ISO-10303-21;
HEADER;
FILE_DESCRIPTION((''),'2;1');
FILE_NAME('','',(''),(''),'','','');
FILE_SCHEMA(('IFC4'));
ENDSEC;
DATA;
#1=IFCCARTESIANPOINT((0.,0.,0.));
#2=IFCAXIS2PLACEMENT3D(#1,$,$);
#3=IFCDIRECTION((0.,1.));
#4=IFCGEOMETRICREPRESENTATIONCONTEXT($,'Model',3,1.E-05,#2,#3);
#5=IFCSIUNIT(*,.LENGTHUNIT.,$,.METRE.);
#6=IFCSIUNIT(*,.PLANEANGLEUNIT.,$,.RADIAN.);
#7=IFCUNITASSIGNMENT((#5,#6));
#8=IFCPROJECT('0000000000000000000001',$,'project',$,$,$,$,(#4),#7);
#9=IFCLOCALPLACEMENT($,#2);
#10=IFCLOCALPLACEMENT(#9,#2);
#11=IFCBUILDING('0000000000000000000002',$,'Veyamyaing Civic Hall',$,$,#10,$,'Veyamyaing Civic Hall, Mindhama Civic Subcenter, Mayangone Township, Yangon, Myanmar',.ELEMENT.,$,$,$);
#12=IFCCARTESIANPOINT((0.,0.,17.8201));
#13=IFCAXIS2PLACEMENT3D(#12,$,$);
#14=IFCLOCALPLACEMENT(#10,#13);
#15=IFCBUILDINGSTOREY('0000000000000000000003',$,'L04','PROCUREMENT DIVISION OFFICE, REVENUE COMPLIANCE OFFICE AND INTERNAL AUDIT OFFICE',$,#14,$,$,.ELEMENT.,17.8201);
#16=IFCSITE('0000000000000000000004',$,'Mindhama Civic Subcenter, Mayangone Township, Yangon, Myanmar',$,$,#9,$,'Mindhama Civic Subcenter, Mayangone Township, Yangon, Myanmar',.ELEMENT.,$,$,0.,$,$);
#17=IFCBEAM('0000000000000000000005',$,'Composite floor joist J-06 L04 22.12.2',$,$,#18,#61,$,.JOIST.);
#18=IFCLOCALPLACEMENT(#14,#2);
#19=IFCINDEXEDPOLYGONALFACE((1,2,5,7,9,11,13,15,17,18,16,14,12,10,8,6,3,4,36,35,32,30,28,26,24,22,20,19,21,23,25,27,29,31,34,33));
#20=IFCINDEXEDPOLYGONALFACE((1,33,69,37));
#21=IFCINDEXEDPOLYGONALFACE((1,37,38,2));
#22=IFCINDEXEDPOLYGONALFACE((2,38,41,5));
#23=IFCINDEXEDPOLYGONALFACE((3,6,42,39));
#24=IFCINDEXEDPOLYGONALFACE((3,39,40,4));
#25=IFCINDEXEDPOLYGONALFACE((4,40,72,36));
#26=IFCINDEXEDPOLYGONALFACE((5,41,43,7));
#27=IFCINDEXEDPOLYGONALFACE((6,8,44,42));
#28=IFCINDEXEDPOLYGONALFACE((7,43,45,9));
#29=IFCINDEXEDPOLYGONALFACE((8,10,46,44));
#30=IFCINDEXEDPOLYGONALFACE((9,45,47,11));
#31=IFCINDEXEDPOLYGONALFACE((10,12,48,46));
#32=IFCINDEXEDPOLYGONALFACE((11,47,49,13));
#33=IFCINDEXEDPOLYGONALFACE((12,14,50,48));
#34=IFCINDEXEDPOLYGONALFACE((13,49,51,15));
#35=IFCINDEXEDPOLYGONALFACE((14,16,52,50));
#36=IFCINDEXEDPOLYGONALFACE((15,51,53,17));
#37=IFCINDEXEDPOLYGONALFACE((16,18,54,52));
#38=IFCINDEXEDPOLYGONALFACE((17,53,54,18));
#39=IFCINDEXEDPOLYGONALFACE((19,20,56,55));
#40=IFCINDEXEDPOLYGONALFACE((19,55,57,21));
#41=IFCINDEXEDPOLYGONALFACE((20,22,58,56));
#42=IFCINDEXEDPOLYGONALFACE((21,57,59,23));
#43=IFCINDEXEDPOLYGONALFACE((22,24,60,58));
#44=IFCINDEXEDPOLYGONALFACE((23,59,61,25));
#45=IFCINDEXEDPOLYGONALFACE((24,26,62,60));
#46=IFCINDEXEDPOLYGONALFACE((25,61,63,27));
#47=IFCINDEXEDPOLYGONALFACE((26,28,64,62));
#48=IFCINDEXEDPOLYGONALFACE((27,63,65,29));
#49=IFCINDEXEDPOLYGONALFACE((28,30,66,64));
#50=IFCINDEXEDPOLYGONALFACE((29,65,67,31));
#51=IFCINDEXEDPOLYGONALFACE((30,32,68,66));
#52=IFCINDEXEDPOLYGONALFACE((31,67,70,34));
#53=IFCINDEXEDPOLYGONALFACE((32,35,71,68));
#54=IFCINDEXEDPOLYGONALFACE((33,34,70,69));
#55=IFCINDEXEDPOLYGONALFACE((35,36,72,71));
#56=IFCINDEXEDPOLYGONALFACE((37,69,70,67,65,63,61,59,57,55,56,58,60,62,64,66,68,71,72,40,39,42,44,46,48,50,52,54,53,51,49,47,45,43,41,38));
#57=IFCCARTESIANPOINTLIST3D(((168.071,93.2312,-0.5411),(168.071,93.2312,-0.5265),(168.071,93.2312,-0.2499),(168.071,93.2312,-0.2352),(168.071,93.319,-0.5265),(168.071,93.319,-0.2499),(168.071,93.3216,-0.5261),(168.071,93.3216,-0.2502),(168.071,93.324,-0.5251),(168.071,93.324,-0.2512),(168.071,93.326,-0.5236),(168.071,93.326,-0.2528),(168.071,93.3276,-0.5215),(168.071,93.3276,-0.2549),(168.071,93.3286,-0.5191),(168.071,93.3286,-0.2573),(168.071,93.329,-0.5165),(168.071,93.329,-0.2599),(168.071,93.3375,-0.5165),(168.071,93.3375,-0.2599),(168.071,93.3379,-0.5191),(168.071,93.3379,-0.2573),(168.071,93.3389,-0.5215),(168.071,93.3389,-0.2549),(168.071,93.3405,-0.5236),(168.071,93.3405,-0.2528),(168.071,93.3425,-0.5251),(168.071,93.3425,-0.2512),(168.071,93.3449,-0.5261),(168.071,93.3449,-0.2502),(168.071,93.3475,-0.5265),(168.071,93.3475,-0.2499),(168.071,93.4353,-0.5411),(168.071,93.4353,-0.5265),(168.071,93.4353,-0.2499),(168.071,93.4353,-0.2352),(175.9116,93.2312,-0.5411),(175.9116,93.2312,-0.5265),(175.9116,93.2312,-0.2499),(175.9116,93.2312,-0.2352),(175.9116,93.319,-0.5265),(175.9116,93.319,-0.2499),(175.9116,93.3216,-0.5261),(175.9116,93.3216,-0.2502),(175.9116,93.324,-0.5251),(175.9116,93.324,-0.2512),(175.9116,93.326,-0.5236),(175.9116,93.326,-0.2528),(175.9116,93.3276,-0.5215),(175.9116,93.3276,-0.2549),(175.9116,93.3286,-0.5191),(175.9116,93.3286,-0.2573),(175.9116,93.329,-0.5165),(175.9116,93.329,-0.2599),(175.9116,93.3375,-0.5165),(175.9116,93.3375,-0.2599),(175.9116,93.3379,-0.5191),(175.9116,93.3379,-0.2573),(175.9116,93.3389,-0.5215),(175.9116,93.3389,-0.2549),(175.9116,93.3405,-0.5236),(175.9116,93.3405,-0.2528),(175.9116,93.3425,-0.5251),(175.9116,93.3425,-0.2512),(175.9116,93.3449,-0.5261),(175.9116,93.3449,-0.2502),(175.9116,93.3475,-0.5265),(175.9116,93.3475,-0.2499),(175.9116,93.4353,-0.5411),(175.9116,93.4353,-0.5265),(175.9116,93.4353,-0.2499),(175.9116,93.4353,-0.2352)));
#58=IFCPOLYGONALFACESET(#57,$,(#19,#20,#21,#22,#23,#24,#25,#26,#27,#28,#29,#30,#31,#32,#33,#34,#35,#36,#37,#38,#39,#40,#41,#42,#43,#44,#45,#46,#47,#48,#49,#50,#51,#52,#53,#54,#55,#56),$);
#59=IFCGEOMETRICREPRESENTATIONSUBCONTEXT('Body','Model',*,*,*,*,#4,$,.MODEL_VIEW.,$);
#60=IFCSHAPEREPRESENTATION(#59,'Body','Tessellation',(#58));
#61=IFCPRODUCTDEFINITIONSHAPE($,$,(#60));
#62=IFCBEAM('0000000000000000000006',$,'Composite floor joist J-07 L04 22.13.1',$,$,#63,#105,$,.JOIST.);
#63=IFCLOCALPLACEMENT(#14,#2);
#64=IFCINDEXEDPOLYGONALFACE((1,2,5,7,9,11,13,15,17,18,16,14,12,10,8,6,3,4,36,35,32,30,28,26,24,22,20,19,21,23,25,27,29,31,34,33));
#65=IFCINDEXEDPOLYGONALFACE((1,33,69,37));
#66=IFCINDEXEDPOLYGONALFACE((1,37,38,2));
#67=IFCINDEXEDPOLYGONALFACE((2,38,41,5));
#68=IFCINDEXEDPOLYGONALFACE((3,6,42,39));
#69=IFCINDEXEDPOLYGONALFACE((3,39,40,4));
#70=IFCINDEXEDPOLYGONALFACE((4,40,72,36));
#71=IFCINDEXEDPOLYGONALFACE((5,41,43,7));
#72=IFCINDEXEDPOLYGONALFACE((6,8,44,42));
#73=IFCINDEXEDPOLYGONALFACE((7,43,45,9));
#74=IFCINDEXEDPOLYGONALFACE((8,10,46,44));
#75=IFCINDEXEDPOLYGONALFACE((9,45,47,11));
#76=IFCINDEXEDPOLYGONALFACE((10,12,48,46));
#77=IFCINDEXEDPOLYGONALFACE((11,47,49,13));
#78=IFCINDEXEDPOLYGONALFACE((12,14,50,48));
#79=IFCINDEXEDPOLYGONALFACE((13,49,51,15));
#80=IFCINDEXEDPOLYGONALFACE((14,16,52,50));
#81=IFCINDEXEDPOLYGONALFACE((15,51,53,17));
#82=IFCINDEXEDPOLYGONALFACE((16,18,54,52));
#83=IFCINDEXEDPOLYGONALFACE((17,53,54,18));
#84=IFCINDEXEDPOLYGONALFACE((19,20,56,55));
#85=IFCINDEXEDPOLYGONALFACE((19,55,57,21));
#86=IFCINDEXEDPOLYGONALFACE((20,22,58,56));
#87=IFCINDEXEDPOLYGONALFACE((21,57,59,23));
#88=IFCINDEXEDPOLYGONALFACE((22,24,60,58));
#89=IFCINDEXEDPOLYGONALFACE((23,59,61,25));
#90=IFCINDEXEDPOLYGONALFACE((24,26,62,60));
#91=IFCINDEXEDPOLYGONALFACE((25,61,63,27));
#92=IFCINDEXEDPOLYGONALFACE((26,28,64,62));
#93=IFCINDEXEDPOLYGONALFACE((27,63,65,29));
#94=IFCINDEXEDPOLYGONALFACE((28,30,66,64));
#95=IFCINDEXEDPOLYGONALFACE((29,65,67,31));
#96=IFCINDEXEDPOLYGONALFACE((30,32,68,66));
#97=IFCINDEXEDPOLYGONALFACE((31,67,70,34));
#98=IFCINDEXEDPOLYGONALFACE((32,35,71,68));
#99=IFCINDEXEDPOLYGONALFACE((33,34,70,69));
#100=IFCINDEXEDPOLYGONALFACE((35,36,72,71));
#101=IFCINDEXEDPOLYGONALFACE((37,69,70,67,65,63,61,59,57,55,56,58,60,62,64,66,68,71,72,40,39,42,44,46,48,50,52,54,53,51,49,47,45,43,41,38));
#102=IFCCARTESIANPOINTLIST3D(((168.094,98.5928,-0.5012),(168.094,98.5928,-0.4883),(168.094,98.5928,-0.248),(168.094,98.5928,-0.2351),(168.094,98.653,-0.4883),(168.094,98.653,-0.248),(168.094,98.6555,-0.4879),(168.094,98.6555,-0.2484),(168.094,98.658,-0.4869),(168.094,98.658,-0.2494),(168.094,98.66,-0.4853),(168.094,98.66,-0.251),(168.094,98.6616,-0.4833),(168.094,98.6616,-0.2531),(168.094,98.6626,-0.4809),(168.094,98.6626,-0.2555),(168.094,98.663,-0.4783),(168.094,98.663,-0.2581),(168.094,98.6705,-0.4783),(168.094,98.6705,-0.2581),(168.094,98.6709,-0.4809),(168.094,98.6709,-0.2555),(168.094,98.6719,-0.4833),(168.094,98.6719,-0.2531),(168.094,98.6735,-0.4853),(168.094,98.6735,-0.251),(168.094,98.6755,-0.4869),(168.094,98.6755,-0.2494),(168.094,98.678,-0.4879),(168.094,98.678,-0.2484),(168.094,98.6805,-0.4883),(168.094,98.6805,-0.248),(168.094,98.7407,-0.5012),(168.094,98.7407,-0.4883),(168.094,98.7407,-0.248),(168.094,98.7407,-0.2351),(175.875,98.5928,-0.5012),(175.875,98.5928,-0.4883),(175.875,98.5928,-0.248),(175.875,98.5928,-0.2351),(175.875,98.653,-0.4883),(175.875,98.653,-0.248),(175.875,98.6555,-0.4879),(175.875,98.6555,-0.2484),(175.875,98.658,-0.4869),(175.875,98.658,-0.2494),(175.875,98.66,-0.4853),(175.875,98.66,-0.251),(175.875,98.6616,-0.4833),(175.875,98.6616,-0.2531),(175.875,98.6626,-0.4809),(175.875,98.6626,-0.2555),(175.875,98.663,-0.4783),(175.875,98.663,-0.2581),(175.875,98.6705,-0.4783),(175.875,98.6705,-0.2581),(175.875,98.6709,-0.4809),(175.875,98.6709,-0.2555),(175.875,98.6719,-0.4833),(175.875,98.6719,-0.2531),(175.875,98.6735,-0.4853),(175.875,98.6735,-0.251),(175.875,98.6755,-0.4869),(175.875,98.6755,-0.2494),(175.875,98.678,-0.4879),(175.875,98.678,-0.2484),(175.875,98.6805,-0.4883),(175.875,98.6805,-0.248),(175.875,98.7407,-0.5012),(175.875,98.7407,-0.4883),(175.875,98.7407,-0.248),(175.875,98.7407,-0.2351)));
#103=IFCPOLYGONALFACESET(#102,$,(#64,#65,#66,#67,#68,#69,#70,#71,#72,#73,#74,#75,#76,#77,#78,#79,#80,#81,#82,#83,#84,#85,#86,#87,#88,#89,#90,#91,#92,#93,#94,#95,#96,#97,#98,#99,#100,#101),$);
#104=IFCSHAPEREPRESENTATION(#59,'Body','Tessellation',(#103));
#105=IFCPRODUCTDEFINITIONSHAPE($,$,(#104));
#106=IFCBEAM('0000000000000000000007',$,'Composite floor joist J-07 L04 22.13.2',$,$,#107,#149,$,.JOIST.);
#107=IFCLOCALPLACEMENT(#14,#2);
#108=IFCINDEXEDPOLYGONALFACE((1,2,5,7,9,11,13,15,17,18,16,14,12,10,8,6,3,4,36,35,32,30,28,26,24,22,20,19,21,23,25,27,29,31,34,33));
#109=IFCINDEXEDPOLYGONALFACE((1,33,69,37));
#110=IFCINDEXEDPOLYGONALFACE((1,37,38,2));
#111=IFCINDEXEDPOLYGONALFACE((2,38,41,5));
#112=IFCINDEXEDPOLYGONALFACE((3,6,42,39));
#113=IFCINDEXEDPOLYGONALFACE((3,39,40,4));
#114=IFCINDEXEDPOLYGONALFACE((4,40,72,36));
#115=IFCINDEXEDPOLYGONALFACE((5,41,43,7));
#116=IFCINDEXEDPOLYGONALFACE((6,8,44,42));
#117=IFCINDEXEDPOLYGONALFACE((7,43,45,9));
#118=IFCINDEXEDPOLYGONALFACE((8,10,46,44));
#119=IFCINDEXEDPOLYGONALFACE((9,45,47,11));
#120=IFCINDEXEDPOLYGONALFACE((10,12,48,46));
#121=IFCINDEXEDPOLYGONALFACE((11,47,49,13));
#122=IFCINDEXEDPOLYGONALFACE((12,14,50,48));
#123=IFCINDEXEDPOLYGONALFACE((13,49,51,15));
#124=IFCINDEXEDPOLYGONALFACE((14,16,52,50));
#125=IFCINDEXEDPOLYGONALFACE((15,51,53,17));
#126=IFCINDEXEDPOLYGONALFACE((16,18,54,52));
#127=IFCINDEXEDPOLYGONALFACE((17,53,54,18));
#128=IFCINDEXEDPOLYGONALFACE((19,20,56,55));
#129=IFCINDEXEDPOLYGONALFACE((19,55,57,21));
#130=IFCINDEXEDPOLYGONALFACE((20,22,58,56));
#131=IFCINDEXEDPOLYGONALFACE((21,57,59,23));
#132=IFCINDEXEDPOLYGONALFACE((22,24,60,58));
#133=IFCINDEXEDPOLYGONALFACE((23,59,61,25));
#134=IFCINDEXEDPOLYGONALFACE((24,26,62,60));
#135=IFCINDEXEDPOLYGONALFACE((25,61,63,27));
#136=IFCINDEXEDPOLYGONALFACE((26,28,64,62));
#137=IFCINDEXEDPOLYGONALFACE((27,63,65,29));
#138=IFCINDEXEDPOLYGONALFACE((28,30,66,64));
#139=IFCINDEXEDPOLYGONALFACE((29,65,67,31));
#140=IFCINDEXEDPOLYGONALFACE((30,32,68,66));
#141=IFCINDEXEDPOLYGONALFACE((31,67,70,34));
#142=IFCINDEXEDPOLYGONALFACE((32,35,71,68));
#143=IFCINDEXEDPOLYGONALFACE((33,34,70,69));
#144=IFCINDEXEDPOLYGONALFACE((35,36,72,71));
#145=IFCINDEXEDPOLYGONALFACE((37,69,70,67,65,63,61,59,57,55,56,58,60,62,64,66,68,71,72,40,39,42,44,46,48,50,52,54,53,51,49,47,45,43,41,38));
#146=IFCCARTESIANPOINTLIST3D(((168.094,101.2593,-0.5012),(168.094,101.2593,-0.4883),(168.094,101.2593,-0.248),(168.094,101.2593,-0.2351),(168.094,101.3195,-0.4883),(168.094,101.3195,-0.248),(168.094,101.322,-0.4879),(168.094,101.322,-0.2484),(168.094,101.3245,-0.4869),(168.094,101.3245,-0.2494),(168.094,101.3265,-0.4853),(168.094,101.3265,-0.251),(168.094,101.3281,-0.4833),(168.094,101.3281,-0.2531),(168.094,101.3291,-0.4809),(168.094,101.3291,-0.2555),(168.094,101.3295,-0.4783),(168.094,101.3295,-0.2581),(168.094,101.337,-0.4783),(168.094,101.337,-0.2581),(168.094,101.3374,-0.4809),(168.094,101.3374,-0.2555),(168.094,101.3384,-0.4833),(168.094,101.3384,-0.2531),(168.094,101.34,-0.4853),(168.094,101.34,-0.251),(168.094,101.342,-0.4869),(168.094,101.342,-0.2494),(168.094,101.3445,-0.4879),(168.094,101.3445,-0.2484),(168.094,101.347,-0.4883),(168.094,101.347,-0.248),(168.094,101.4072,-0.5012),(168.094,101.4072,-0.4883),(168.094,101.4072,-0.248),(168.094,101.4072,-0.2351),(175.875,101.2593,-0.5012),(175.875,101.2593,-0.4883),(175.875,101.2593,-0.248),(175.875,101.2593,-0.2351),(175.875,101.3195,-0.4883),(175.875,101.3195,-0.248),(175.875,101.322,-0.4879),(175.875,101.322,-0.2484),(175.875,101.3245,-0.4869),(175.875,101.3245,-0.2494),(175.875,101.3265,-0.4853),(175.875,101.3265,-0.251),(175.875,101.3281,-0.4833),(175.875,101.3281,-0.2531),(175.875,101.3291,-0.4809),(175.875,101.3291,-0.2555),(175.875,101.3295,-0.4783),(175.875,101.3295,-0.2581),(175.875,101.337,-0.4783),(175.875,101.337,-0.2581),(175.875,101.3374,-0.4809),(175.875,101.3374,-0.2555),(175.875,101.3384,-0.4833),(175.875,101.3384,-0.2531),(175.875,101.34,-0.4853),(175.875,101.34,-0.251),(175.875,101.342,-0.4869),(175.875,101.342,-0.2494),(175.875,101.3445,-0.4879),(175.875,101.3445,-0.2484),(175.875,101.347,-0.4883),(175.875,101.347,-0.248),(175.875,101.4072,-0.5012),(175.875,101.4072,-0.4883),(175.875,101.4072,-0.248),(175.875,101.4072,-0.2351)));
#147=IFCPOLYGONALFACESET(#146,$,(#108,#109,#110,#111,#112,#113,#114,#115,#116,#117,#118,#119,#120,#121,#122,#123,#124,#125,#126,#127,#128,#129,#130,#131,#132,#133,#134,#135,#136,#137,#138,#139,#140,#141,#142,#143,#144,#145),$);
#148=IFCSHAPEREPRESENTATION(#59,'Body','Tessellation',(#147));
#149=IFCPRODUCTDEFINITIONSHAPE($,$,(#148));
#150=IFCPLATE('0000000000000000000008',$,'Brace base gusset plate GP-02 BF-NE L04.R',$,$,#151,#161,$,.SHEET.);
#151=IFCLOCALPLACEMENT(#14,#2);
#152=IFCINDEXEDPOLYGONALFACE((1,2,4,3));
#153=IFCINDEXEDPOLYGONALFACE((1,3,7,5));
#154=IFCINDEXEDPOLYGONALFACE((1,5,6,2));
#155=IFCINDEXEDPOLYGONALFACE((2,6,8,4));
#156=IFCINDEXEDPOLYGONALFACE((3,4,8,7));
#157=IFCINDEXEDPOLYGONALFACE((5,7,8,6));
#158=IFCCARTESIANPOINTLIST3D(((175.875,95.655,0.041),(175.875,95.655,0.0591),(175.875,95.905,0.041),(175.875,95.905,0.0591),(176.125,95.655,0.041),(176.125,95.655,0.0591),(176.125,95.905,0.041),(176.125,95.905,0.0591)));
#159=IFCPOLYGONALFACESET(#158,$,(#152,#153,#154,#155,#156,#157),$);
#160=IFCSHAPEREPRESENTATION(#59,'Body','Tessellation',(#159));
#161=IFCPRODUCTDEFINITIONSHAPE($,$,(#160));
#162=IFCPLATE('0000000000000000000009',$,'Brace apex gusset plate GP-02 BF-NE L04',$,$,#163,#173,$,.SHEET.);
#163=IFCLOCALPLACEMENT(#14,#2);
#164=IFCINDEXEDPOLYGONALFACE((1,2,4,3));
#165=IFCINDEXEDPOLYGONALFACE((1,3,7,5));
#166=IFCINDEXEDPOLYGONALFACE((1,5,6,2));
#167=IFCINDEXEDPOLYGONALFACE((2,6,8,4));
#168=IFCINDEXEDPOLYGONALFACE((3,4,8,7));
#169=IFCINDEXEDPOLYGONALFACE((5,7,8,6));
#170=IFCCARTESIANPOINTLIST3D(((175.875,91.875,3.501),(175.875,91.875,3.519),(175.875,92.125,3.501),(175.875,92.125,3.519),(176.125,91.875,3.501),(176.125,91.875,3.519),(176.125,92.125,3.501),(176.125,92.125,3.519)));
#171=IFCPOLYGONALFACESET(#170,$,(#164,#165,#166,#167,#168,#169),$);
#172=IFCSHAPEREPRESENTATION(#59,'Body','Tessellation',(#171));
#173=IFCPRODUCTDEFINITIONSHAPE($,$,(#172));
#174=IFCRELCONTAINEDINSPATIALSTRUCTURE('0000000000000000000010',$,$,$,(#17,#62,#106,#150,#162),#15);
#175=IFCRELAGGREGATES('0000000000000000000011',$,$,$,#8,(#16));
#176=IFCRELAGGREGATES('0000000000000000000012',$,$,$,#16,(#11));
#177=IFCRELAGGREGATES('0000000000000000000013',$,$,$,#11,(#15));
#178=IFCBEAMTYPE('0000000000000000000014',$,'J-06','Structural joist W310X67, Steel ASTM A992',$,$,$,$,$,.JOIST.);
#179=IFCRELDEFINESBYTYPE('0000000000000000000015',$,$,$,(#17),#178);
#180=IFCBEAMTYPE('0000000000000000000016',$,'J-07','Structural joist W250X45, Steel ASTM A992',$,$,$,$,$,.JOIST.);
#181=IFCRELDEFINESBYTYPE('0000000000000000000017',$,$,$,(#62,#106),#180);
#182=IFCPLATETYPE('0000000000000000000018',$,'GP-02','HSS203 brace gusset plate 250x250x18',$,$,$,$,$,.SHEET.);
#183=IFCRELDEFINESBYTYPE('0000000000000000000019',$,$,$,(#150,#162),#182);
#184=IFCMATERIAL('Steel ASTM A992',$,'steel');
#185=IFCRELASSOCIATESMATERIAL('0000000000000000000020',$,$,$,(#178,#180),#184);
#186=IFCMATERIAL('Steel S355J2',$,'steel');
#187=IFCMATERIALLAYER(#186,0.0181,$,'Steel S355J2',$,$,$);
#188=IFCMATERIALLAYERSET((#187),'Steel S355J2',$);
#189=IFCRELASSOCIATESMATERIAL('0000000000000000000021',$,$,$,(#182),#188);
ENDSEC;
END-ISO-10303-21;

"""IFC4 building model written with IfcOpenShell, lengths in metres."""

from ifc_helpers import new_model, si_unit, direction, frame, origin, origin_2d, place, context, subcontext, project, spatial, rectangle, i_section, extrude, material, layer, layer_set, material_profile, profile_set, type_object, element, save


model = new_model("IFC4")

# Units and contexts
model_context = context("Model", 3, precision=1e-05, world=origin(), true_north=direction((0.0, 1.0)))
body_context = subcontext(model_context, "Body", "Model", "MODEL_VIEW")
ifc_project = project(units=[si_unit("LENGTHUNIT", "METRE"), si_unit("PLANEANGLEUNIT", "RADIAN")], contexts=[model_context])

# Site, building, storey
site_placement = place(None, origin())
site = spatial("IfcSite", under=ifc_project, at=site_placement, Name="Mindhama Civic Subcenter, Mayangone Township, Yangon, Myanmar", LongName="Mindhama Civic Subcenter, Mayangone Township, Yangon, Myanmar", CompositionType="ELEMENT", RefElevation=0.0)
building_placement = place(site_placement, origin())
building = spatial("IfcBuilding", under=site, at=building_placement, Name="Veyamyaing Civic Hall", LongName="Veyamyaing Civic Hall, Mindhama Civic Subcenter, Mayangone Township, Yangon, Myanmar", CompositionType="ELEMENT")
storey_placement = place(building_placement, frame((0.0, 0.0, 17.8201)))
storey = spatial("IfcBuildingStorey", under=building, at=storey_placement, Name="L04", Description="PROCUREMENT DIVISION OFFICE, REVENUE COMPLIANCE OFFICE AND INTERNAL AUDIT OFFICE", CompositionType="ELEMENT", Elevation=17.8201)

# Shared definitions
ifc_material_1 = material(Name="Steel ASTM A992", Category="steel")

# Shared definitions
ifc_material_2 = material(Name="Steel S355J2", Category="steel")

# Beams
ifc_material_profile_1 = material_profile(ifc_material_1, i_section(OverallWidth=0.2041, OverallDepth=0.3059, WebThickness=0.0085, FlangeThickness=0.0146, FilletRadius=0.01, at=origin_2d()), Name="W310X67")
ifc_profile_set_1 = profile_set([ifc_material_profile_1], Name="Steel ASTM A992")
beam_type_1 = type_object("IfcBeamType", Name="J-06", Description="Structural joist W310X67, Steel ASTM A992", PredefinedType="JOIST", material=ifc_profile_set_1)
for number, where, z_axis, x_axis, name in (
    (1, (168.071, 93.3333, -0.3882), (1.0, 0.0, 0.0), (0.0, 1.0, 0.0), "Composite floor joist J-06 L04 22.12.2"),
):
    element("IfcBeam", number, at=place(storey_placement, frame(where, z_axis=z_axis, x_axis=x_axis)), inside=storey, type_object=beam_type_1, Name=name, PredefinedType="JOIST", context=body_context, shape_type="SweptSolid", body=[
        extrude(i_section(OverallWidth=0.2041, OverallDepth=0.3059, WebThickness=0.0085, FlangeThickness=0.0146, FilletRadius=0.01, at=origin_2d()), origin(), (0.0, 0.0, 1.0), 7.8406),
    ])
ifc_material_profile_2 = material_profile(ifc_material_1, i_section(OverallWidth=0.1479, OverallDepth=0.2661, WebThickness=0.0076, FlangeThickness=0.0129, FilletRadius=0.01, at=origin_2d()), Name="W250X45")
ifc_profile_set_2 = profile_set([ifc_material_profile_2], Name="Steel ASTM A992")
beam_type_2 = type_object("IfcBeamType", Name="J-07", Description="Structural joist W250X45, Steel ASTM A992", PredefinedType="JOIST", material=ifc_profile_set_2)
for number, where, z_axis, x_axis, name in (
    (2, (168.094, 98.6667, -0.3682), (1.0, 0.0, 0.0), (0.0, 1.0, 0.0), "Composite floor joist J-07 L04 22.13.1"),
    (3, (168.094, 101.3333, -0.3682), (1.0, 0.0, 0.0), (0.0, 1.0, 0.0), "Composite floor joist J-07 L04 22.13.2"),
):
    element("IfcBeam", number, at=place(storey_placement, frame(where, z_axis=z_axis, x_axis=x_axis)), inside=storey, type_object=beam_type_2, Name=name, PredefinedType="JOIST", context=body_context, shape_type="SweptSolid", body=[
        extrude(i_section(OverallWidth=0.1479, OverallDepth=0.2661, WebThickness=0.0076, FlangeThickness=0.0129, FilletRadius=0.01, at=origin_2d()), origin(), (0.0, 0.0, 1.0), 7.781),
    ])

# Plates
ifc_layer_1 = layer(ifc_material_2, 0.0181, Name="Steel S355J2")
ifc_layer_set_1 = layer_set([ifc_layer_1], Name="Steel S355J2")
plate_type = type_object("IfcPlateType", Name="GP-02", Description="HSS203 brace gusset plate 250x250x18", PredefinedType="SHEET", material=ifc_layer_set_1)
for number, where, z_axis, x_axis, name in (
    (4, (176.0, 95.78, 0.041), (0.0, 0.0, 1.0), (1.0, 0.0, 0.0), "Brace base gusset plate GP-02 BF-NE L04.R"),
    (5, (176.0, 92.0, 3.501), (0.0, 0.0, 1.0), (1.0, 0.0, 0.0), "Brace apex gusset plate GP-02 BF-NE L04"),
):
    element("IfcPlate", number, at=place(storey_placement, frame(where, z_axis=z_axis, x_axis=x_axis)), inside=storey, type_object=plate_type, Name=name, PredefinedType="SHEET", context=body_context, shape_type="SweptSolid", body=[
        extrude(rectangle(XDim=0.25, YDim=0.25, at=origin_2d()), origin(), (0.0, 0.0, 1.0), 0.0181),
    ])

save(model, "model.ifc")
